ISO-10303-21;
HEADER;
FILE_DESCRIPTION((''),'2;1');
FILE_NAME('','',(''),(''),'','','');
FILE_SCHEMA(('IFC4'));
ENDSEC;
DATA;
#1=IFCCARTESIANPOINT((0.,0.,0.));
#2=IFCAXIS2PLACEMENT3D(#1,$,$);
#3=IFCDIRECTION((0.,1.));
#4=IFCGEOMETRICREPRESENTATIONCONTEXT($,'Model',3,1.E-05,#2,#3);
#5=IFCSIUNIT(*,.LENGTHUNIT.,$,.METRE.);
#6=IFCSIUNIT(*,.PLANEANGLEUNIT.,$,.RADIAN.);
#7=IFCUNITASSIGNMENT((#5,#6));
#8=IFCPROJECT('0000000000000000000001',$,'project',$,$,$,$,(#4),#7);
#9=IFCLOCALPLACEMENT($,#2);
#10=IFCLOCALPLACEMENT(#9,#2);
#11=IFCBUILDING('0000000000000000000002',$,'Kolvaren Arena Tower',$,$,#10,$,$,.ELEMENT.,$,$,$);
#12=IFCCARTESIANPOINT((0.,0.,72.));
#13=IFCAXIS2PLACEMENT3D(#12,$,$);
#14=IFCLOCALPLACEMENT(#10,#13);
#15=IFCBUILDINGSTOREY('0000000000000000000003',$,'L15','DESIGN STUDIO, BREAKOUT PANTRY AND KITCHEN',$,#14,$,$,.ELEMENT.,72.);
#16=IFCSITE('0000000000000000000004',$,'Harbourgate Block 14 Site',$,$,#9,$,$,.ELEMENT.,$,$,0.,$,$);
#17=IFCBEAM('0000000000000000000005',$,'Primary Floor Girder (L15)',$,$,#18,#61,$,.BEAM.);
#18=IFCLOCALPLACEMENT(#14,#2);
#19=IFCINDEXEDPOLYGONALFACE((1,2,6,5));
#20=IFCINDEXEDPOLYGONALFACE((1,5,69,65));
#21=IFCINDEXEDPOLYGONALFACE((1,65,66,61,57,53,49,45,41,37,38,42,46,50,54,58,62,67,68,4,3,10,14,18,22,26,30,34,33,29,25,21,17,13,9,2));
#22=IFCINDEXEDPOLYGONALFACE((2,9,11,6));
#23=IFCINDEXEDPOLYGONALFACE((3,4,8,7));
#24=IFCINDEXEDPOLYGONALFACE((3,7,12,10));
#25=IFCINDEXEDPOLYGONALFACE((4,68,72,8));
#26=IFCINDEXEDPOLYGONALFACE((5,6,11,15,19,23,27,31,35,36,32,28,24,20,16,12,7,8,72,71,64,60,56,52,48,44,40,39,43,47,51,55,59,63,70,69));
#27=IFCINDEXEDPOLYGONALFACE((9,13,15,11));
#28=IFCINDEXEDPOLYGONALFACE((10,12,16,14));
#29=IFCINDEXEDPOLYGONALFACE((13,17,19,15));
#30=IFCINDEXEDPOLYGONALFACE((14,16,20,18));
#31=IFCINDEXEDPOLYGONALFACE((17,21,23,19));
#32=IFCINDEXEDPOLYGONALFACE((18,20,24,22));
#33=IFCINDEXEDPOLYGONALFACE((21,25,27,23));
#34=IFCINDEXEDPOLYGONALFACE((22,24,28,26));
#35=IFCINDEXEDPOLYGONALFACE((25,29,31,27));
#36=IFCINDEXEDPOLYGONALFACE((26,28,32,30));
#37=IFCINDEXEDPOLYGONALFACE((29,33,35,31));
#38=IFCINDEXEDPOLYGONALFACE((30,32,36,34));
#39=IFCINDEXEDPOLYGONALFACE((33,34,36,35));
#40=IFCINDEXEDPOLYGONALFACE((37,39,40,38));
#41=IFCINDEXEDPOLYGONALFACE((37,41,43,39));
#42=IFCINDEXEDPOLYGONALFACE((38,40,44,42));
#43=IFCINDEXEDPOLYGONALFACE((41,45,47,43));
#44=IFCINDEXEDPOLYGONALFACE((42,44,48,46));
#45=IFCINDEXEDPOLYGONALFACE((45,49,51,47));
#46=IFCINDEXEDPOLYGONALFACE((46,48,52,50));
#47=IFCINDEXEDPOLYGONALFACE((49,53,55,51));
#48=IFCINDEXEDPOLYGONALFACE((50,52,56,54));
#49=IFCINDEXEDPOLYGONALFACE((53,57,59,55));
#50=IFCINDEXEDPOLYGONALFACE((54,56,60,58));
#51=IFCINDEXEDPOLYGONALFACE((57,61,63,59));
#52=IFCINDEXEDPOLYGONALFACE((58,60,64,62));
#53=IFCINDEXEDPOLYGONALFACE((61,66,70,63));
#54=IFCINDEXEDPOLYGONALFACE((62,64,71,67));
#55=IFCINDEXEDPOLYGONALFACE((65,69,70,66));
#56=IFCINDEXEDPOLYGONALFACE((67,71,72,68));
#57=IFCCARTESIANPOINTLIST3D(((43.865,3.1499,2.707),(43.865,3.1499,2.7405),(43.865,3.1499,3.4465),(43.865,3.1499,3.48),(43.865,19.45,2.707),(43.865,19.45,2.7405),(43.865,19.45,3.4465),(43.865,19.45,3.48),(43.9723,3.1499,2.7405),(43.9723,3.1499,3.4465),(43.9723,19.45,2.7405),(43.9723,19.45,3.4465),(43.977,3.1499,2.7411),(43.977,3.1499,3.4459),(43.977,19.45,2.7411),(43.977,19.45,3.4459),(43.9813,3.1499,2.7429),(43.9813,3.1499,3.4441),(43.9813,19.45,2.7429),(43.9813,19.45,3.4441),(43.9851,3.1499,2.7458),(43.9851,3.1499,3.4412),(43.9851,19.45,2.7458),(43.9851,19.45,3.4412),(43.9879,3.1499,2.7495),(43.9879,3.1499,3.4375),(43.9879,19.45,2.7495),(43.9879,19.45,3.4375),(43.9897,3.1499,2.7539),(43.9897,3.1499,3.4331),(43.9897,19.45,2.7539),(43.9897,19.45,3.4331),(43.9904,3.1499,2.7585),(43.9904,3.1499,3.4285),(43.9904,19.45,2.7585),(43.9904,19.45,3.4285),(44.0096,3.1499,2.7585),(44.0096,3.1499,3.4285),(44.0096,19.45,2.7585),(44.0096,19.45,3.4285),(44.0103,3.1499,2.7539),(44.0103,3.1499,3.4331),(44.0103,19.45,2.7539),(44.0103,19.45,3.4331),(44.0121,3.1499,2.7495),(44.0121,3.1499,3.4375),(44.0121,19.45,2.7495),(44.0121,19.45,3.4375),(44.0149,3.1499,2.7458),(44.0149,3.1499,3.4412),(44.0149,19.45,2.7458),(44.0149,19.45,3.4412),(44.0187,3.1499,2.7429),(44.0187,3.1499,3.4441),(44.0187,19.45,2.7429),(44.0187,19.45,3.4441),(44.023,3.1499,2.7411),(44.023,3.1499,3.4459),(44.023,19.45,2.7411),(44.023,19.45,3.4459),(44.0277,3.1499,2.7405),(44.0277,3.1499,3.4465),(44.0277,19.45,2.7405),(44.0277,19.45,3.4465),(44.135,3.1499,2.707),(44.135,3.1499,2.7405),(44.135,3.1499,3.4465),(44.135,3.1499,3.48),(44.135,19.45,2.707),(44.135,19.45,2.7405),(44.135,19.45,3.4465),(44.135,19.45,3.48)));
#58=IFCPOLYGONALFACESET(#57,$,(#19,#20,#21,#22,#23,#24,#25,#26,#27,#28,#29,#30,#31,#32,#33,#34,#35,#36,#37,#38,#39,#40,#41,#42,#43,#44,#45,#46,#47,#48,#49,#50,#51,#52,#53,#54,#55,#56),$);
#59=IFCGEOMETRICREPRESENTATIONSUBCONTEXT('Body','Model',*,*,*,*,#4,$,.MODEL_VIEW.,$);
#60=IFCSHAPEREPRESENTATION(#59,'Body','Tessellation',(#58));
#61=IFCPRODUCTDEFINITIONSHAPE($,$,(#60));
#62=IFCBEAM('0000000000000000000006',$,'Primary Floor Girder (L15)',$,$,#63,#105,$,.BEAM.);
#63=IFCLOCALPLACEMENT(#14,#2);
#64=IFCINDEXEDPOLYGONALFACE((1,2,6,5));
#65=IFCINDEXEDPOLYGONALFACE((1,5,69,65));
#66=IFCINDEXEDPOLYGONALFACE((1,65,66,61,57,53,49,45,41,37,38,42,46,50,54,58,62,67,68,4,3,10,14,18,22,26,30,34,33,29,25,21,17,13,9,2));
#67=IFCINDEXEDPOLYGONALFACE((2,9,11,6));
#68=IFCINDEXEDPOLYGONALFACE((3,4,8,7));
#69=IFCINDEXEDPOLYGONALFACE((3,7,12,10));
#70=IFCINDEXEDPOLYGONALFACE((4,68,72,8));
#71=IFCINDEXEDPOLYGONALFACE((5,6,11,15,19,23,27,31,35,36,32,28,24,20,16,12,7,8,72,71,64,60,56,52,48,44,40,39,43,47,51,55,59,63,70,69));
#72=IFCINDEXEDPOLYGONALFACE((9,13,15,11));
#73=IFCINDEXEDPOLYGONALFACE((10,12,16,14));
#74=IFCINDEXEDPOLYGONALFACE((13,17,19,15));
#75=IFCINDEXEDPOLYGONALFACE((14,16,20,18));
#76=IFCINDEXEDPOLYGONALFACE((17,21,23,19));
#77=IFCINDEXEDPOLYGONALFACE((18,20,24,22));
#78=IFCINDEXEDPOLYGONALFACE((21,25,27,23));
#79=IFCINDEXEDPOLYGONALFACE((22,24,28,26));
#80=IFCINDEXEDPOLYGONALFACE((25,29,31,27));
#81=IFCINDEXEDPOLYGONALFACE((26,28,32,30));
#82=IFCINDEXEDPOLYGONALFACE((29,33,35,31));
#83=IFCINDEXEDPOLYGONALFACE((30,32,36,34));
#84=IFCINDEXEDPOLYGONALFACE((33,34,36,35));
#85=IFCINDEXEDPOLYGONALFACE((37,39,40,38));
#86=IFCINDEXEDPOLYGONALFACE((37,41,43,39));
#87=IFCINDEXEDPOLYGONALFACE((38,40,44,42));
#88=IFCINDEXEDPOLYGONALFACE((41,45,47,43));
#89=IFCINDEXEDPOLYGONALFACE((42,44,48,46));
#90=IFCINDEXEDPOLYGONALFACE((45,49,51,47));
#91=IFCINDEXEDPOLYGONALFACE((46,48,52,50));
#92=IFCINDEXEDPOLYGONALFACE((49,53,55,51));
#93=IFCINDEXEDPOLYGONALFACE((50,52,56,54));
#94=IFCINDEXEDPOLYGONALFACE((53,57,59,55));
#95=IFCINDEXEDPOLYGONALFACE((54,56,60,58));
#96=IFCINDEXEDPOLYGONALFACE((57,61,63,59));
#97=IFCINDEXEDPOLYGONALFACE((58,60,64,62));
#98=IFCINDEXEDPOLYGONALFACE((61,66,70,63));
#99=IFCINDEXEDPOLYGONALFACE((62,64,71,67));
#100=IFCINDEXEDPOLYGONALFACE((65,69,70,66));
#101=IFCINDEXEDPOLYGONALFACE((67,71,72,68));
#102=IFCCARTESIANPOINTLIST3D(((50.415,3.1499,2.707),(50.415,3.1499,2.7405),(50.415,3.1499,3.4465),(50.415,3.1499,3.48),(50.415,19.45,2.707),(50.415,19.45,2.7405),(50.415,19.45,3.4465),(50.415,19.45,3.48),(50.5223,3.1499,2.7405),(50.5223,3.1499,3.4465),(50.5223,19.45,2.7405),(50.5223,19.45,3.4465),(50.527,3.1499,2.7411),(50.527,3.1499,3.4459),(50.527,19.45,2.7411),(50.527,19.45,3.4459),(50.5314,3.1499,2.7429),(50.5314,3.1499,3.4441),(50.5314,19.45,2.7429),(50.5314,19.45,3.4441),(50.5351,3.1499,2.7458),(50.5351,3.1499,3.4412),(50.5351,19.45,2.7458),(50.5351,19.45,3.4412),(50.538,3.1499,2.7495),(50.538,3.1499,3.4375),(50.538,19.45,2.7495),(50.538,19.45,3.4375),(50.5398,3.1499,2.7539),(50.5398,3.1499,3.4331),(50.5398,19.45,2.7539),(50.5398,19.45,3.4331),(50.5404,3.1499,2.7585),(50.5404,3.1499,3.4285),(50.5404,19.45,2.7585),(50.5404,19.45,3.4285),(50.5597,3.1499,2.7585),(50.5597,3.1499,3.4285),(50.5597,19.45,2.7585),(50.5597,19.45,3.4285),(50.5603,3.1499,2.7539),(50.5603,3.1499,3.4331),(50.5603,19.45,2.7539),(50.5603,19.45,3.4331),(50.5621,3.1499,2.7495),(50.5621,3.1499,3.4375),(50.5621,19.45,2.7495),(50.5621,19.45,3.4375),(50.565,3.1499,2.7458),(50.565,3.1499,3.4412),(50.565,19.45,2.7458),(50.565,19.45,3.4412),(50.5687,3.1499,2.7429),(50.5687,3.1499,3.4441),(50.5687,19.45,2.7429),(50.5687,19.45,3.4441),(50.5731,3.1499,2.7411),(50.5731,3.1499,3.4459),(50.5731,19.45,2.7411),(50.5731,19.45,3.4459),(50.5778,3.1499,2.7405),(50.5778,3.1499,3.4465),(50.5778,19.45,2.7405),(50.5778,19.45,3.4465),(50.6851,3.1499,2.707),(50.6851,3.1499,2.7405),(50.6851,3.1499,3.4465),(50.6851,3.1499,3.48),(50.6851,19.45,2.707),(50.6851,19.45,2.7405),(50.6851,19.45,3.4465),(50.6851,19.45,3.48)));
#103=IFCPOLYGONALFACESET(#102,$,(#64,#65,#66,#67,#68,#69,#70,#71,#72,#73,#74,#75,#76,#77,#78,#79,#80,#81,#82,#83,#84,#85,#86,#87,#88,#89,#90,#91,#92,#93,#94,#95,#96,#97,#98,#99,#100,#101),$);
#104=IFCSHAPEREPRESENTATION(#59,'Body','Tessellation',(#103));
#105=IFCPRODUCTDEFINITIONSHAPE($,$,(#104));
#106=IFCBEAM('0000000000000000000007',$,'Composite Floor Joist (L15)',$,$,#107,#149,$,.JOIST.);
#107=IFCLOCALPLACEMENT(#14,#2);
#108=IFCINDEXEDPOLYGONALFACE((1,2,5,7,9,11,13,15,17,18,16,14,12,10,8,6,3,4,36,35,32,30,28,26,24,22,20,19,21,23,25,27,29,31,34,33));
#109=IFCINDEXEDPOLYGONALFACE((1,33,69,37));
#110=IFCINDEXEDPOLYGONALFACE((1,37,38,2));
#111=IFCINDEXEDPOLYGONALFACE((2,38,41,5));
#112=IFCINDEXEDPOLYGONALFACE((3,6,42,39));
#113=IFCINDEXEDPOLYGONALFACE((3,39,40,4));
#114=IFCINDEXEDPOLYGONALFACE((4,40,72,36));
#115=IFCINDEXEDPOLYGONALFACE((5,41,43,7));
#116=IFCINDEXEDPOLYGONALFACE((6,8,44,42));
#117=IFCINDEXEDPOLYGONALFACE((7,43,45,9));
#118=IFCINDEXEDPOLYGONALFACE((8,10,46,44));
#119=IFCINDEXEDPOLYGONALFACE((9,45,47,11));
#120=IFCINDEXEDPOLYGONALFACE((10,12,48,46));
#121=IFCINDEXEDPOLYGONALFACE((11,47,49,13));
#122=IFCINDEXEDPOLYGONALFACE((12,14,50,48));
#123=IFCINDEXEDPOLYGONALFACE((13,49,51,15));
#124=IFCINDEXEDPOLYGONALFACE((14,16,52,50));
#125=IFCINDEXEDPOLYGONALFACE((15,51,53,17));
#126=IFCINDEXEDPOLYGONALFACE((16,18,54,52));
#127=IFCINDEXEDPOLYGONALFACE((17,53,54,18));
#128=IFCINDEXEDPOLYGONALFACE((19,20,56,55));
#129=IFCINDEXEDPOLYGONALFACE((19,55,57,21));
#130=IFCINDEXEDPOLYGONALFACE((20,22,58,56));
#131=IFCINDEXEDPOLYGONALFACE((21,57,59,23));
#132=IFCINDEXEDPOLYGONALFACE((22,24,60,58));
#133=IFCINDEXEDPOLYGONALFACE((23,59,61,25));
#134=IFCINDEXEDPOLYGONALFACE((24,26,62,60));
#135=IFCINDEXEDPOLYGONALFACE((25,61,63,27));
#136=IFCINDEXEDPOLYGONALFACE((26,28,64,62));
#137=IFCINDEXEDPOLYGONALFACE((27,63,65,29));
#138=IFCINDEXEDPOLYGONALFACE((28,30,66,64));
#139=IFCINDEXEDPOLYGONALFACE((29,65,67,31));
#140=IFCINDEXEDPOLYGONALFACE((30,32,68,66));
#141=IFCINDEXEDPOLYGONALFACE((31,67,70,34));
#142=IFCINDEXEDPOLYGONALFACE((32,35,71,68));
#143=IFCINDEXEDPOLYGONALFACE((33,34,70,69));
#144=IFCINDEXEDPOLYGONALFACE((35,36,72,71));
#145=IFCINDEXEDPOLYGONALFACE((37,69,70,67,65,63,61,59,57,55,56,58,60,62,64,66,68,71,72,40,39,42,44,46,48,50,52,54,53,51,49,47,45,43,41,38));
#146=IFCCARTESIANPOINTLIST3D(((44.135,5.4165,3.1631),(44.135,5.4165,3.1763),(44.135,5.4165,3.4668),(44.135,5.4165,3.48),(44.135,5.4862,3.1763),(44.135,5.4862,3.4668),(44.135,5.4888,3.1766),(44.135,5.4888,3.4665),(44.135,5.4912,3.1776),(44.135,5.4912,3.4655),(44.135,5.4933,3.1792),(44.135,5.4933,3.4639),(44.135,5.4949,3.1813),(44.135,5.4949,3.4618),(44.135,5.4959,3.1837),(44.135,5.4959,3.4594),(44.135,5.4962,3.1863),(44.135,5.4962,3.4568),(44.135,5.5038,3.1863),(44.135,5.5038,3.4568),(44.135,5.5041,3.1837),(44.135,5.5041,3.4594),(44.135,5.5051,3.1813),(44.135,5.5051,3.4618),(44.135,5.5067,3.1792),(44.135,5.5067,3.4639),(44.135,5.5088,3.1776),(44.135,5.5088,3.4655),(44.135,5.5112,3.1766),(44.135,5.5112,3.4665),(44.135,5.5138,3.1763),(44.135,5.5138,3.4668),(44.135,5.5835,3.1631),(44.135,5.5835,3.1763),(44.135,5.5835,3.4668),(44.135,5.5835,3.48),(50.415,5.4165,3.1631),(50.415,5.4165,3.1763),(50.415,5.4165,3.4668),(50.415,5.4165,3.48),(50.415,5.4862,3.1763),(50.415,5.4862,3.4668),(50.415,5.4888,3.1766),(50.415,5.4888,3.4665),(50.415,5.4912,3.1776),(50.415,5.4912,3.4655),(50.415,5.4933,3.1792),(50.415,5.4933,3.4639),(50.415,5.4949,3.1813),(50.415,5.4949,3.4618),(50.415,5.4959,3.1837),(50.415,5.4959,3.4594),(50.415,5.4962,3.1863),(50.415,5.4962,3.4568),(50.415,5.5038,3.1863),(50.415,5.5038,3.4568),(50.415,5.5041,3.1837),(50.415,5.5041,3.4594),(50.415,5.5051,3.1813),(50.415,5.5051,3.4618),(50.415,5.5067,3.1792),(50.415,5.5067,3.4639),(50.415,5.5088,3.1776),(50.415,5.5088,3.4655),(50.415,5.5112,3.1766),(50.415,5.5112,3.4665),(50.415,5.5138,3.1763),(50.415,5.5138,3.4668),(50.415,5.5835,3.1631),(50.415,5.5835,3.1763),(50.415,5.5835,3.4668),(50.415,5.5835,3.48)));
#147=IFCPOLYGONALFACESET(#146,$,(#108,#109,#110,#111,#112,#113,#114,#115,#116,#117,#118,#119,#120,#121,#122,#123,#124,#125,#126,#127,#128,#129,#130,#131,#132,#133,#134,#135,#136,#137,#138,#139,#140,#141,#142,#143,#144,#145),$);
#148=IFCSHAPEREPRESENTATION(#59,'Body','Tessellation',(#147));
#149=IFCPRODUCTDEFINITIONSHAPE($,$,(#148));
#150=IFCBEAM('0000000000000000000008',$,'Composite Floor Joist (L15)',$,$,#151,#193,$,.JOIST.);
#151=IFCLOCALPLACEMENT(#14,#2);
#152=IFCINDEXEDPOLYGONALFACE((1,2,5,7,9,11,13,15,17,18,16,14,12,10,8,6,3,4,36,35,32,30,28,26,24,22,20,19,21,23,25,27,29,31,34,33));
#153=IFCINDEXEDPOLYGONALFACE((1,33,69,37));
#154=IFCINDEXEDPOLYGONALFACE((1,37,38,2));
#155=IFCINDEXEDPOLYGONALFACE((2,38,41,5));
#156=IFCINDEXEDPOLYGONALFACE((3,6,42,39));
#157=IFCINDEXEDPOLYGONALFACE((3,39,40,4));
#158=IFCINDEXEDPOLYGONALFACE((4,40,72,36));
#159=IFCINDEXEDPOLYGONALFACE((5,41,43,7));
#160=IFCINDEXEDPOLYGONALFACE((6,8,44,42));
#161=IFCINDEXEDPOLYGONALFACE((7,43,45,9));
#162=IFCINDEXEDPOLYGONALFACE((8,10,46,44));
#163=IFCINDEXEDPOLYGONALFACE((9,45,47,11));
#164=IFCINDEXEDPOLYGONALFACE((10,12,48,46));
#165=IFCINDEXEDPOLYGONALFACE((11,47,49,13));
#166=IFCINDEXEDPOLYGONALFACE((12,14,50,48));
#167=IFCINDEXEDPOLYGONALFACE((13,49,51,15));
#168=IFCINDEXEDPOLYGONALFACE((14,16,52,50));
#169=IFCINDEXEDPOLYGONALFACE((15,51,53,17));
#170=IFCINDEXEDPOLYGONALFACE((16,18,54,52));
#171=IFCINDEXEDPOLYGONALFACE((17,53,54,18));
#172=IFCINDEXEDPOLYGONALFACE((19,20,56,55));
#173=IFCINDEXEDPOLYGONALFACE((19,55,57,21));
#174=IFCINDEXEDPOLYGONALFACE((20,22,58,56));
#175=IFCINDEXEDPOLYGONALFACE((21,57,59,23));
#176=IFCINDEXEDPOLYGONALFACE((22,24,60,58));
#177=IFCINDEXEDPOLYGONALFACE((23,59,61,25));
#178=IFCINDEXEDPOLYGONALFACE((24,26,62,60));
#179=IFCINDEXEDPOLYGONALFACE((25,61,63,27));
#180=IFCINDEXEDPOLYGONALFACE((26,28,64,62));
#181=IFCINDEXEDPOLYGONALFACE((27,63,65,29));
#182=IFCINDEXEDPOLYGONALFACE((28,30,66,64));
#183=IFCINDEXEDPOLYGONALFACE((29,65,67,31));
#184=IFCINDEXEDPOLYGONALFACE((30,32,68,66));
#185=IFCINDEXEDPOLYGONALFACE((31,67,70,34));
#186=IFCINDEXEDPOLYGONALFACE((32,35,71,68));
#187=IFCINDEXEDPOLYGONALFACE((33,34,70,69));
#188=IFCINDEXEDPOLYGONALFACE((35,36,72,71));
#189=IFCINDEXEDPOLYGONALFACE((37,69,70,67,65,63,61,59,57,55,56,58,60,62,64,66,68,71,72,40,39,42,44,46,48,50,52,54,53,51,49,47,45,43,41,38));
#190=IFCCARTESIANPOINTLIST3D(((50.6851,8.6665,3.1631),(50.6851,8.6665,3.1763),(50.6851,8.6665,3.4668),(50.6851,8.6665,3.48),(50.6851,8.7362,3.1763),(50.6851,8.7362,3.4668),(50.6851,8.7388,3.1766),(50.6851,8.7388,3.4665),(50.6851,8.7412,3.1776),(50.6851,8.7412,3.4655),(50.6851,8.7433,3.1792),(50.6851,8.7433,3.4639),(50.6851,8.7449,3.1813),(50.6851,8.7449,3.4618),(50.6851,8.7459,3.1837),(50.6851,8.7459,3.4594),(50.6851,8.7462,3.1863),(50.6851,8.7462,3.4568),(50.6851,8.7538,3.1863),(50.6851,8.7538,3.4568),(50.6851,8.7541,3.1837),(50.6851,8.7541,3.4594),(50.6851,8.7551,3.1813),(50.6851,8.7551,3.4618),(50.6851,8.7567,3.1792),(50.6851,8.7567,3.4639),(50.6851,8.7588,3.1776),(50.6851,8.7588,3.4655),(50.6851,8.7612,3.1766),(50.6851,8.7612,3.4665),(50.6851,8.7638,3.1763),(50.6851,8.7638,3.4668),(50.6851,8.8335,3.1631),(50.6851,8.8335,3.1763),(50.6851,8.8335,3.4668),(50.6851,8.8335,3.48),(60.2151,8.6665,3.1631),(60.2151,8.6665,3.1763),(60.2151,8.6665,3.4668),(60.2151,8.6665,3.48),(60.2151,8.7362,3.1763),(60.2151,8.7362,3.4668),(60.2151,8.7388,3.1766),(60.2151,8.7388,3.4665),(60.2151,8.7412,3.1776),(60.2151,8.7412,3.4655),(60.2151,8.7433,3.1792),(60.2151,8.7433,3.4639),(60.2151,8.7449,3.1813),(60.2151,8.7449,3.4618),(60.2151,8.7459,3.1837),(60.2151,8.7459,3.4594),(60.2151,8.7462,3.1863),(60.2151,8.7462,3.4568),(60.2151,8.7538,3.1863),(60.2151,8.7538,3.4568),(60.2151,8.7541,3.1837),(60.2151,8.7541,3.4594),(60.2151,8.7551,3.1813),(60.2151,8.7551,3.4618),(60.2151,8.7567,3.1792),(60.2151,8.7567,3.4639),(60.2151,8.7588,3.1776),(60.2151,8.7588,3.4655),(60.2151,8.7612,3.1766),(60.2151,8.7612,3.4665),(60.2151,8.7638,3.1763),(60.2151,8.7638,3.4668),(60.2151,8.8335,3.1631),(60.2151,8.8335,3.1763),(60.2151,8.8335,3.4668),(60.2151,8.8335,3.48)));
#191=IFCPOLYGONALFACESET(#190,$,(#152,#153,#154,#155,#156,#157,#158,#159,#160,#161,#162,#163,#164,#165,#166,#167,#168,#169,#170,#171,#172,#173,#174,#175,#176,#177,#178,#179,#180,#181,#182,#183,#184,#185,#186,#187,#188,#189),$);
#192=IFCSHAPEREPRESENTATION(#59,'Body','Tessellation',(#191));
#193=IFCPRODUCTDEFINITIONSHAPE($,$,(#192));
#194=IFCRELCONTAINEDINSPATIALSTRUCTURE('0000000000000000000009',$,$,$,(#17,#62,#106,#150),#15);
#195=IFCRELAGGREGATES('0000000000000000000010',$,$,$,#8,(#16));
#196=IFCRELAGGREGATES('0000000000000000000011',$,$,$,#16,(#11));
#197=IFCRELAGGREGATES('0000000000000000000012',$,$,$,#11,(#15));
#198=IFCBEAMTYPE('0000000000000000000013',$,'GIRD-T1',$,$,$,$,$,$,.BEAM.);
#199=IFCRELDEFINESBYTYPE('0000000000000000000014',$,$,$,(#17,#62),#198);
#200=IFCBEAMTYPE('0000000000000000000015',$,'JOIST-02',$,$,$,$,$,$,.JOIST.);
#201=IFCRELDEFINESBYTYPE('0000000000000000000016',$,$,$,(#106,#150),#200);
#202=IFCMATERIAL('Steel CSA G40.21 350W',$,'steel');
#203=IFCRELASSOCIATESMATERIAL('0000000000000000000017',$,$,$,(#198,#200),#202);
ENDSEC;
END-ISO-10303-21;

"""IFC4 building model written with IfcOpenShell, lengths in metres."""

from ifc_helpers import new_model, si_unit, direction, frame, origin, origin_2d, place, context, subcontext, project, spatial, i_section, extrude, material, material_profile, profile_set, type_object, element, save


model = new_model("IFC4")

# Units and contexts
model_context = context("Model", 3, precision=1e-05, world=origin(), true_north=direction((0.0, 1.0)))
body_context = subcontext(model_context, "Body", "Model", "MODEL_VIEW")
ifc_project = project(units=[si_unit("LENGTHUNIT", "METRE"), si_unit("PLANEANGLEUNIT", "RADIAN")], contexts=[model_context])

# Site, building, storey
site_placement = place(None, origin())
site = spatial("IfcSite", under=ifc_project, at=site_placement, Name="Harbourgate Block 14 Site", CompositionType="ELEMENT", RefElevation=0.0)
building_placement = place(site_placement, origin())
building = spatial("IfcBuilding", under=site, at=building_placement, Name="Kolvaren Arena Tower", CompositionType="ELEMENT")
storey_placement = place(building_placement, frame((0.0, 0.0, 72.0)))
storey = spatial("IfcBuildingStorey", under=building, at=storey_placement, Name="L15", Description="DESIGN STUDIO, BREAKOUT PANTRY AND KITCHEN", CompositionType="ELEMENT", Elevation=72.0)

# Beams
ifc_material_1 = material(Name="Steel CSA G40.21 350W", Category="steel")
ifc_material_profile_1 = material_profile(ifc_material_1, i_section(OverallWidth=0.27, OverallDepth=0.7729, WebThickness=0.0193, FlangeThickness=0.0334, FilletRadius=0.0181, at=origin_2d()), Name="W760x257")
ifc_profile_set_1 = profile_set([ifc_material_profile_1], Name="Steel CSA G40.21 350W")
beam_type_1 = type_object("IfcBeamType", Name="GIRD-T1", PredefinedType="BEAM", material=ifc_profile_set_1)
for number, where, z_axis, x_axis, name in (
    (1, (44.0, 3.1499, 3.0935), (0.0, 1.0, 0.0), (-1.0, 0.0, 0.0), "Primary Floor Girder (L15)"),
    (2, (50.55, 3.1499, 3.0935), (0.0, 1.0, 0.0), (-1.0, 0.0, 0.0), "Primary Floor Girder (L15)"),
):
    element("IfcBeam", number, at=place(storey_placement, frame(where, z_axis=z_axis, x_axis=x_axis)), inside=storey, type_object=beam_type_1, Name=name, PredefinedType="BEAM", context=body_context, shape_type="SweptSolid", body=[
        extrude(i_section(OverallWidth=0.27, OverallDepth=0.7729, WebThickness=0.0193, FlangeThickness=0.0334, FilletRadius=0.0181, at=origin_2d()), origin(), (0.0, 0.0, 1.0), 16.3),
    ])
ifc_material_profile_2 = material_profile(ifc_material_1, i_section(OverallWidth=0.167, OverallDepth=0.3169, WebThickness=0.0076, FlangeThickness=0.0132, FilletRadius=0.01, at=origin_2d()), Name="W310x52")
ifc_profile_set_2 = profile_set([ifc_material_profile_2], Name="Steel CSA G40.21 350W")
beam_type_2 = type_object("IfcBeamType", Name="JOIST-02", PredefinedType="JOIST", material=ifc_profile_set_2)
beam_1_placement = place(storey_placement, frame((44.135, 5.5, 3.3215), z_axis=(1.0, 0.0, 0.0), x_axis=(0.0, 1.0, 0.0)))
element("IfcBeam", 3, at=beam_1_placement, inside=storey, type_object=beam_type_2, Name="Composite Floor Joist (L15)", PredefinedType="JOIST", context=body_context, shape_type="SweptSolid", body=[
    extrude(i_section(OverallWidth=0.167, OverallDepth=0.3169, WebThickness=0.0076, FlangeThickness=0.0132, FilletRadius=0.01, at=origin_2d()), origin(), (0.0, 0.0, 1.0), 6.28),
])
beam_2_placement = place(storey_placement, frame((50.6851, 8.75, 3.3215), z_axis=(1.0, 0.0, 0.0), x_axis=(0.0, 1.0, 0.0)))
element("IfcBeam", 4, at=beam_2_placement, inside=storey, type_object=beam_type_2, Name="Composite Floor Joist (L15)", PredefinedType="JOIST", context=body_context, shape_type="SweptSolid", body=[
    extrude(i_section(OverallWidth=0.167, OverallDepth=0.3169, WebThickness=0.0076, FlangeThickness=0.0132, FilletRadius=0.01, at=origin_2d()), origin(), (0.0, 0.0, 1.0), 9.53),
])

save(model, "model.ifc")
